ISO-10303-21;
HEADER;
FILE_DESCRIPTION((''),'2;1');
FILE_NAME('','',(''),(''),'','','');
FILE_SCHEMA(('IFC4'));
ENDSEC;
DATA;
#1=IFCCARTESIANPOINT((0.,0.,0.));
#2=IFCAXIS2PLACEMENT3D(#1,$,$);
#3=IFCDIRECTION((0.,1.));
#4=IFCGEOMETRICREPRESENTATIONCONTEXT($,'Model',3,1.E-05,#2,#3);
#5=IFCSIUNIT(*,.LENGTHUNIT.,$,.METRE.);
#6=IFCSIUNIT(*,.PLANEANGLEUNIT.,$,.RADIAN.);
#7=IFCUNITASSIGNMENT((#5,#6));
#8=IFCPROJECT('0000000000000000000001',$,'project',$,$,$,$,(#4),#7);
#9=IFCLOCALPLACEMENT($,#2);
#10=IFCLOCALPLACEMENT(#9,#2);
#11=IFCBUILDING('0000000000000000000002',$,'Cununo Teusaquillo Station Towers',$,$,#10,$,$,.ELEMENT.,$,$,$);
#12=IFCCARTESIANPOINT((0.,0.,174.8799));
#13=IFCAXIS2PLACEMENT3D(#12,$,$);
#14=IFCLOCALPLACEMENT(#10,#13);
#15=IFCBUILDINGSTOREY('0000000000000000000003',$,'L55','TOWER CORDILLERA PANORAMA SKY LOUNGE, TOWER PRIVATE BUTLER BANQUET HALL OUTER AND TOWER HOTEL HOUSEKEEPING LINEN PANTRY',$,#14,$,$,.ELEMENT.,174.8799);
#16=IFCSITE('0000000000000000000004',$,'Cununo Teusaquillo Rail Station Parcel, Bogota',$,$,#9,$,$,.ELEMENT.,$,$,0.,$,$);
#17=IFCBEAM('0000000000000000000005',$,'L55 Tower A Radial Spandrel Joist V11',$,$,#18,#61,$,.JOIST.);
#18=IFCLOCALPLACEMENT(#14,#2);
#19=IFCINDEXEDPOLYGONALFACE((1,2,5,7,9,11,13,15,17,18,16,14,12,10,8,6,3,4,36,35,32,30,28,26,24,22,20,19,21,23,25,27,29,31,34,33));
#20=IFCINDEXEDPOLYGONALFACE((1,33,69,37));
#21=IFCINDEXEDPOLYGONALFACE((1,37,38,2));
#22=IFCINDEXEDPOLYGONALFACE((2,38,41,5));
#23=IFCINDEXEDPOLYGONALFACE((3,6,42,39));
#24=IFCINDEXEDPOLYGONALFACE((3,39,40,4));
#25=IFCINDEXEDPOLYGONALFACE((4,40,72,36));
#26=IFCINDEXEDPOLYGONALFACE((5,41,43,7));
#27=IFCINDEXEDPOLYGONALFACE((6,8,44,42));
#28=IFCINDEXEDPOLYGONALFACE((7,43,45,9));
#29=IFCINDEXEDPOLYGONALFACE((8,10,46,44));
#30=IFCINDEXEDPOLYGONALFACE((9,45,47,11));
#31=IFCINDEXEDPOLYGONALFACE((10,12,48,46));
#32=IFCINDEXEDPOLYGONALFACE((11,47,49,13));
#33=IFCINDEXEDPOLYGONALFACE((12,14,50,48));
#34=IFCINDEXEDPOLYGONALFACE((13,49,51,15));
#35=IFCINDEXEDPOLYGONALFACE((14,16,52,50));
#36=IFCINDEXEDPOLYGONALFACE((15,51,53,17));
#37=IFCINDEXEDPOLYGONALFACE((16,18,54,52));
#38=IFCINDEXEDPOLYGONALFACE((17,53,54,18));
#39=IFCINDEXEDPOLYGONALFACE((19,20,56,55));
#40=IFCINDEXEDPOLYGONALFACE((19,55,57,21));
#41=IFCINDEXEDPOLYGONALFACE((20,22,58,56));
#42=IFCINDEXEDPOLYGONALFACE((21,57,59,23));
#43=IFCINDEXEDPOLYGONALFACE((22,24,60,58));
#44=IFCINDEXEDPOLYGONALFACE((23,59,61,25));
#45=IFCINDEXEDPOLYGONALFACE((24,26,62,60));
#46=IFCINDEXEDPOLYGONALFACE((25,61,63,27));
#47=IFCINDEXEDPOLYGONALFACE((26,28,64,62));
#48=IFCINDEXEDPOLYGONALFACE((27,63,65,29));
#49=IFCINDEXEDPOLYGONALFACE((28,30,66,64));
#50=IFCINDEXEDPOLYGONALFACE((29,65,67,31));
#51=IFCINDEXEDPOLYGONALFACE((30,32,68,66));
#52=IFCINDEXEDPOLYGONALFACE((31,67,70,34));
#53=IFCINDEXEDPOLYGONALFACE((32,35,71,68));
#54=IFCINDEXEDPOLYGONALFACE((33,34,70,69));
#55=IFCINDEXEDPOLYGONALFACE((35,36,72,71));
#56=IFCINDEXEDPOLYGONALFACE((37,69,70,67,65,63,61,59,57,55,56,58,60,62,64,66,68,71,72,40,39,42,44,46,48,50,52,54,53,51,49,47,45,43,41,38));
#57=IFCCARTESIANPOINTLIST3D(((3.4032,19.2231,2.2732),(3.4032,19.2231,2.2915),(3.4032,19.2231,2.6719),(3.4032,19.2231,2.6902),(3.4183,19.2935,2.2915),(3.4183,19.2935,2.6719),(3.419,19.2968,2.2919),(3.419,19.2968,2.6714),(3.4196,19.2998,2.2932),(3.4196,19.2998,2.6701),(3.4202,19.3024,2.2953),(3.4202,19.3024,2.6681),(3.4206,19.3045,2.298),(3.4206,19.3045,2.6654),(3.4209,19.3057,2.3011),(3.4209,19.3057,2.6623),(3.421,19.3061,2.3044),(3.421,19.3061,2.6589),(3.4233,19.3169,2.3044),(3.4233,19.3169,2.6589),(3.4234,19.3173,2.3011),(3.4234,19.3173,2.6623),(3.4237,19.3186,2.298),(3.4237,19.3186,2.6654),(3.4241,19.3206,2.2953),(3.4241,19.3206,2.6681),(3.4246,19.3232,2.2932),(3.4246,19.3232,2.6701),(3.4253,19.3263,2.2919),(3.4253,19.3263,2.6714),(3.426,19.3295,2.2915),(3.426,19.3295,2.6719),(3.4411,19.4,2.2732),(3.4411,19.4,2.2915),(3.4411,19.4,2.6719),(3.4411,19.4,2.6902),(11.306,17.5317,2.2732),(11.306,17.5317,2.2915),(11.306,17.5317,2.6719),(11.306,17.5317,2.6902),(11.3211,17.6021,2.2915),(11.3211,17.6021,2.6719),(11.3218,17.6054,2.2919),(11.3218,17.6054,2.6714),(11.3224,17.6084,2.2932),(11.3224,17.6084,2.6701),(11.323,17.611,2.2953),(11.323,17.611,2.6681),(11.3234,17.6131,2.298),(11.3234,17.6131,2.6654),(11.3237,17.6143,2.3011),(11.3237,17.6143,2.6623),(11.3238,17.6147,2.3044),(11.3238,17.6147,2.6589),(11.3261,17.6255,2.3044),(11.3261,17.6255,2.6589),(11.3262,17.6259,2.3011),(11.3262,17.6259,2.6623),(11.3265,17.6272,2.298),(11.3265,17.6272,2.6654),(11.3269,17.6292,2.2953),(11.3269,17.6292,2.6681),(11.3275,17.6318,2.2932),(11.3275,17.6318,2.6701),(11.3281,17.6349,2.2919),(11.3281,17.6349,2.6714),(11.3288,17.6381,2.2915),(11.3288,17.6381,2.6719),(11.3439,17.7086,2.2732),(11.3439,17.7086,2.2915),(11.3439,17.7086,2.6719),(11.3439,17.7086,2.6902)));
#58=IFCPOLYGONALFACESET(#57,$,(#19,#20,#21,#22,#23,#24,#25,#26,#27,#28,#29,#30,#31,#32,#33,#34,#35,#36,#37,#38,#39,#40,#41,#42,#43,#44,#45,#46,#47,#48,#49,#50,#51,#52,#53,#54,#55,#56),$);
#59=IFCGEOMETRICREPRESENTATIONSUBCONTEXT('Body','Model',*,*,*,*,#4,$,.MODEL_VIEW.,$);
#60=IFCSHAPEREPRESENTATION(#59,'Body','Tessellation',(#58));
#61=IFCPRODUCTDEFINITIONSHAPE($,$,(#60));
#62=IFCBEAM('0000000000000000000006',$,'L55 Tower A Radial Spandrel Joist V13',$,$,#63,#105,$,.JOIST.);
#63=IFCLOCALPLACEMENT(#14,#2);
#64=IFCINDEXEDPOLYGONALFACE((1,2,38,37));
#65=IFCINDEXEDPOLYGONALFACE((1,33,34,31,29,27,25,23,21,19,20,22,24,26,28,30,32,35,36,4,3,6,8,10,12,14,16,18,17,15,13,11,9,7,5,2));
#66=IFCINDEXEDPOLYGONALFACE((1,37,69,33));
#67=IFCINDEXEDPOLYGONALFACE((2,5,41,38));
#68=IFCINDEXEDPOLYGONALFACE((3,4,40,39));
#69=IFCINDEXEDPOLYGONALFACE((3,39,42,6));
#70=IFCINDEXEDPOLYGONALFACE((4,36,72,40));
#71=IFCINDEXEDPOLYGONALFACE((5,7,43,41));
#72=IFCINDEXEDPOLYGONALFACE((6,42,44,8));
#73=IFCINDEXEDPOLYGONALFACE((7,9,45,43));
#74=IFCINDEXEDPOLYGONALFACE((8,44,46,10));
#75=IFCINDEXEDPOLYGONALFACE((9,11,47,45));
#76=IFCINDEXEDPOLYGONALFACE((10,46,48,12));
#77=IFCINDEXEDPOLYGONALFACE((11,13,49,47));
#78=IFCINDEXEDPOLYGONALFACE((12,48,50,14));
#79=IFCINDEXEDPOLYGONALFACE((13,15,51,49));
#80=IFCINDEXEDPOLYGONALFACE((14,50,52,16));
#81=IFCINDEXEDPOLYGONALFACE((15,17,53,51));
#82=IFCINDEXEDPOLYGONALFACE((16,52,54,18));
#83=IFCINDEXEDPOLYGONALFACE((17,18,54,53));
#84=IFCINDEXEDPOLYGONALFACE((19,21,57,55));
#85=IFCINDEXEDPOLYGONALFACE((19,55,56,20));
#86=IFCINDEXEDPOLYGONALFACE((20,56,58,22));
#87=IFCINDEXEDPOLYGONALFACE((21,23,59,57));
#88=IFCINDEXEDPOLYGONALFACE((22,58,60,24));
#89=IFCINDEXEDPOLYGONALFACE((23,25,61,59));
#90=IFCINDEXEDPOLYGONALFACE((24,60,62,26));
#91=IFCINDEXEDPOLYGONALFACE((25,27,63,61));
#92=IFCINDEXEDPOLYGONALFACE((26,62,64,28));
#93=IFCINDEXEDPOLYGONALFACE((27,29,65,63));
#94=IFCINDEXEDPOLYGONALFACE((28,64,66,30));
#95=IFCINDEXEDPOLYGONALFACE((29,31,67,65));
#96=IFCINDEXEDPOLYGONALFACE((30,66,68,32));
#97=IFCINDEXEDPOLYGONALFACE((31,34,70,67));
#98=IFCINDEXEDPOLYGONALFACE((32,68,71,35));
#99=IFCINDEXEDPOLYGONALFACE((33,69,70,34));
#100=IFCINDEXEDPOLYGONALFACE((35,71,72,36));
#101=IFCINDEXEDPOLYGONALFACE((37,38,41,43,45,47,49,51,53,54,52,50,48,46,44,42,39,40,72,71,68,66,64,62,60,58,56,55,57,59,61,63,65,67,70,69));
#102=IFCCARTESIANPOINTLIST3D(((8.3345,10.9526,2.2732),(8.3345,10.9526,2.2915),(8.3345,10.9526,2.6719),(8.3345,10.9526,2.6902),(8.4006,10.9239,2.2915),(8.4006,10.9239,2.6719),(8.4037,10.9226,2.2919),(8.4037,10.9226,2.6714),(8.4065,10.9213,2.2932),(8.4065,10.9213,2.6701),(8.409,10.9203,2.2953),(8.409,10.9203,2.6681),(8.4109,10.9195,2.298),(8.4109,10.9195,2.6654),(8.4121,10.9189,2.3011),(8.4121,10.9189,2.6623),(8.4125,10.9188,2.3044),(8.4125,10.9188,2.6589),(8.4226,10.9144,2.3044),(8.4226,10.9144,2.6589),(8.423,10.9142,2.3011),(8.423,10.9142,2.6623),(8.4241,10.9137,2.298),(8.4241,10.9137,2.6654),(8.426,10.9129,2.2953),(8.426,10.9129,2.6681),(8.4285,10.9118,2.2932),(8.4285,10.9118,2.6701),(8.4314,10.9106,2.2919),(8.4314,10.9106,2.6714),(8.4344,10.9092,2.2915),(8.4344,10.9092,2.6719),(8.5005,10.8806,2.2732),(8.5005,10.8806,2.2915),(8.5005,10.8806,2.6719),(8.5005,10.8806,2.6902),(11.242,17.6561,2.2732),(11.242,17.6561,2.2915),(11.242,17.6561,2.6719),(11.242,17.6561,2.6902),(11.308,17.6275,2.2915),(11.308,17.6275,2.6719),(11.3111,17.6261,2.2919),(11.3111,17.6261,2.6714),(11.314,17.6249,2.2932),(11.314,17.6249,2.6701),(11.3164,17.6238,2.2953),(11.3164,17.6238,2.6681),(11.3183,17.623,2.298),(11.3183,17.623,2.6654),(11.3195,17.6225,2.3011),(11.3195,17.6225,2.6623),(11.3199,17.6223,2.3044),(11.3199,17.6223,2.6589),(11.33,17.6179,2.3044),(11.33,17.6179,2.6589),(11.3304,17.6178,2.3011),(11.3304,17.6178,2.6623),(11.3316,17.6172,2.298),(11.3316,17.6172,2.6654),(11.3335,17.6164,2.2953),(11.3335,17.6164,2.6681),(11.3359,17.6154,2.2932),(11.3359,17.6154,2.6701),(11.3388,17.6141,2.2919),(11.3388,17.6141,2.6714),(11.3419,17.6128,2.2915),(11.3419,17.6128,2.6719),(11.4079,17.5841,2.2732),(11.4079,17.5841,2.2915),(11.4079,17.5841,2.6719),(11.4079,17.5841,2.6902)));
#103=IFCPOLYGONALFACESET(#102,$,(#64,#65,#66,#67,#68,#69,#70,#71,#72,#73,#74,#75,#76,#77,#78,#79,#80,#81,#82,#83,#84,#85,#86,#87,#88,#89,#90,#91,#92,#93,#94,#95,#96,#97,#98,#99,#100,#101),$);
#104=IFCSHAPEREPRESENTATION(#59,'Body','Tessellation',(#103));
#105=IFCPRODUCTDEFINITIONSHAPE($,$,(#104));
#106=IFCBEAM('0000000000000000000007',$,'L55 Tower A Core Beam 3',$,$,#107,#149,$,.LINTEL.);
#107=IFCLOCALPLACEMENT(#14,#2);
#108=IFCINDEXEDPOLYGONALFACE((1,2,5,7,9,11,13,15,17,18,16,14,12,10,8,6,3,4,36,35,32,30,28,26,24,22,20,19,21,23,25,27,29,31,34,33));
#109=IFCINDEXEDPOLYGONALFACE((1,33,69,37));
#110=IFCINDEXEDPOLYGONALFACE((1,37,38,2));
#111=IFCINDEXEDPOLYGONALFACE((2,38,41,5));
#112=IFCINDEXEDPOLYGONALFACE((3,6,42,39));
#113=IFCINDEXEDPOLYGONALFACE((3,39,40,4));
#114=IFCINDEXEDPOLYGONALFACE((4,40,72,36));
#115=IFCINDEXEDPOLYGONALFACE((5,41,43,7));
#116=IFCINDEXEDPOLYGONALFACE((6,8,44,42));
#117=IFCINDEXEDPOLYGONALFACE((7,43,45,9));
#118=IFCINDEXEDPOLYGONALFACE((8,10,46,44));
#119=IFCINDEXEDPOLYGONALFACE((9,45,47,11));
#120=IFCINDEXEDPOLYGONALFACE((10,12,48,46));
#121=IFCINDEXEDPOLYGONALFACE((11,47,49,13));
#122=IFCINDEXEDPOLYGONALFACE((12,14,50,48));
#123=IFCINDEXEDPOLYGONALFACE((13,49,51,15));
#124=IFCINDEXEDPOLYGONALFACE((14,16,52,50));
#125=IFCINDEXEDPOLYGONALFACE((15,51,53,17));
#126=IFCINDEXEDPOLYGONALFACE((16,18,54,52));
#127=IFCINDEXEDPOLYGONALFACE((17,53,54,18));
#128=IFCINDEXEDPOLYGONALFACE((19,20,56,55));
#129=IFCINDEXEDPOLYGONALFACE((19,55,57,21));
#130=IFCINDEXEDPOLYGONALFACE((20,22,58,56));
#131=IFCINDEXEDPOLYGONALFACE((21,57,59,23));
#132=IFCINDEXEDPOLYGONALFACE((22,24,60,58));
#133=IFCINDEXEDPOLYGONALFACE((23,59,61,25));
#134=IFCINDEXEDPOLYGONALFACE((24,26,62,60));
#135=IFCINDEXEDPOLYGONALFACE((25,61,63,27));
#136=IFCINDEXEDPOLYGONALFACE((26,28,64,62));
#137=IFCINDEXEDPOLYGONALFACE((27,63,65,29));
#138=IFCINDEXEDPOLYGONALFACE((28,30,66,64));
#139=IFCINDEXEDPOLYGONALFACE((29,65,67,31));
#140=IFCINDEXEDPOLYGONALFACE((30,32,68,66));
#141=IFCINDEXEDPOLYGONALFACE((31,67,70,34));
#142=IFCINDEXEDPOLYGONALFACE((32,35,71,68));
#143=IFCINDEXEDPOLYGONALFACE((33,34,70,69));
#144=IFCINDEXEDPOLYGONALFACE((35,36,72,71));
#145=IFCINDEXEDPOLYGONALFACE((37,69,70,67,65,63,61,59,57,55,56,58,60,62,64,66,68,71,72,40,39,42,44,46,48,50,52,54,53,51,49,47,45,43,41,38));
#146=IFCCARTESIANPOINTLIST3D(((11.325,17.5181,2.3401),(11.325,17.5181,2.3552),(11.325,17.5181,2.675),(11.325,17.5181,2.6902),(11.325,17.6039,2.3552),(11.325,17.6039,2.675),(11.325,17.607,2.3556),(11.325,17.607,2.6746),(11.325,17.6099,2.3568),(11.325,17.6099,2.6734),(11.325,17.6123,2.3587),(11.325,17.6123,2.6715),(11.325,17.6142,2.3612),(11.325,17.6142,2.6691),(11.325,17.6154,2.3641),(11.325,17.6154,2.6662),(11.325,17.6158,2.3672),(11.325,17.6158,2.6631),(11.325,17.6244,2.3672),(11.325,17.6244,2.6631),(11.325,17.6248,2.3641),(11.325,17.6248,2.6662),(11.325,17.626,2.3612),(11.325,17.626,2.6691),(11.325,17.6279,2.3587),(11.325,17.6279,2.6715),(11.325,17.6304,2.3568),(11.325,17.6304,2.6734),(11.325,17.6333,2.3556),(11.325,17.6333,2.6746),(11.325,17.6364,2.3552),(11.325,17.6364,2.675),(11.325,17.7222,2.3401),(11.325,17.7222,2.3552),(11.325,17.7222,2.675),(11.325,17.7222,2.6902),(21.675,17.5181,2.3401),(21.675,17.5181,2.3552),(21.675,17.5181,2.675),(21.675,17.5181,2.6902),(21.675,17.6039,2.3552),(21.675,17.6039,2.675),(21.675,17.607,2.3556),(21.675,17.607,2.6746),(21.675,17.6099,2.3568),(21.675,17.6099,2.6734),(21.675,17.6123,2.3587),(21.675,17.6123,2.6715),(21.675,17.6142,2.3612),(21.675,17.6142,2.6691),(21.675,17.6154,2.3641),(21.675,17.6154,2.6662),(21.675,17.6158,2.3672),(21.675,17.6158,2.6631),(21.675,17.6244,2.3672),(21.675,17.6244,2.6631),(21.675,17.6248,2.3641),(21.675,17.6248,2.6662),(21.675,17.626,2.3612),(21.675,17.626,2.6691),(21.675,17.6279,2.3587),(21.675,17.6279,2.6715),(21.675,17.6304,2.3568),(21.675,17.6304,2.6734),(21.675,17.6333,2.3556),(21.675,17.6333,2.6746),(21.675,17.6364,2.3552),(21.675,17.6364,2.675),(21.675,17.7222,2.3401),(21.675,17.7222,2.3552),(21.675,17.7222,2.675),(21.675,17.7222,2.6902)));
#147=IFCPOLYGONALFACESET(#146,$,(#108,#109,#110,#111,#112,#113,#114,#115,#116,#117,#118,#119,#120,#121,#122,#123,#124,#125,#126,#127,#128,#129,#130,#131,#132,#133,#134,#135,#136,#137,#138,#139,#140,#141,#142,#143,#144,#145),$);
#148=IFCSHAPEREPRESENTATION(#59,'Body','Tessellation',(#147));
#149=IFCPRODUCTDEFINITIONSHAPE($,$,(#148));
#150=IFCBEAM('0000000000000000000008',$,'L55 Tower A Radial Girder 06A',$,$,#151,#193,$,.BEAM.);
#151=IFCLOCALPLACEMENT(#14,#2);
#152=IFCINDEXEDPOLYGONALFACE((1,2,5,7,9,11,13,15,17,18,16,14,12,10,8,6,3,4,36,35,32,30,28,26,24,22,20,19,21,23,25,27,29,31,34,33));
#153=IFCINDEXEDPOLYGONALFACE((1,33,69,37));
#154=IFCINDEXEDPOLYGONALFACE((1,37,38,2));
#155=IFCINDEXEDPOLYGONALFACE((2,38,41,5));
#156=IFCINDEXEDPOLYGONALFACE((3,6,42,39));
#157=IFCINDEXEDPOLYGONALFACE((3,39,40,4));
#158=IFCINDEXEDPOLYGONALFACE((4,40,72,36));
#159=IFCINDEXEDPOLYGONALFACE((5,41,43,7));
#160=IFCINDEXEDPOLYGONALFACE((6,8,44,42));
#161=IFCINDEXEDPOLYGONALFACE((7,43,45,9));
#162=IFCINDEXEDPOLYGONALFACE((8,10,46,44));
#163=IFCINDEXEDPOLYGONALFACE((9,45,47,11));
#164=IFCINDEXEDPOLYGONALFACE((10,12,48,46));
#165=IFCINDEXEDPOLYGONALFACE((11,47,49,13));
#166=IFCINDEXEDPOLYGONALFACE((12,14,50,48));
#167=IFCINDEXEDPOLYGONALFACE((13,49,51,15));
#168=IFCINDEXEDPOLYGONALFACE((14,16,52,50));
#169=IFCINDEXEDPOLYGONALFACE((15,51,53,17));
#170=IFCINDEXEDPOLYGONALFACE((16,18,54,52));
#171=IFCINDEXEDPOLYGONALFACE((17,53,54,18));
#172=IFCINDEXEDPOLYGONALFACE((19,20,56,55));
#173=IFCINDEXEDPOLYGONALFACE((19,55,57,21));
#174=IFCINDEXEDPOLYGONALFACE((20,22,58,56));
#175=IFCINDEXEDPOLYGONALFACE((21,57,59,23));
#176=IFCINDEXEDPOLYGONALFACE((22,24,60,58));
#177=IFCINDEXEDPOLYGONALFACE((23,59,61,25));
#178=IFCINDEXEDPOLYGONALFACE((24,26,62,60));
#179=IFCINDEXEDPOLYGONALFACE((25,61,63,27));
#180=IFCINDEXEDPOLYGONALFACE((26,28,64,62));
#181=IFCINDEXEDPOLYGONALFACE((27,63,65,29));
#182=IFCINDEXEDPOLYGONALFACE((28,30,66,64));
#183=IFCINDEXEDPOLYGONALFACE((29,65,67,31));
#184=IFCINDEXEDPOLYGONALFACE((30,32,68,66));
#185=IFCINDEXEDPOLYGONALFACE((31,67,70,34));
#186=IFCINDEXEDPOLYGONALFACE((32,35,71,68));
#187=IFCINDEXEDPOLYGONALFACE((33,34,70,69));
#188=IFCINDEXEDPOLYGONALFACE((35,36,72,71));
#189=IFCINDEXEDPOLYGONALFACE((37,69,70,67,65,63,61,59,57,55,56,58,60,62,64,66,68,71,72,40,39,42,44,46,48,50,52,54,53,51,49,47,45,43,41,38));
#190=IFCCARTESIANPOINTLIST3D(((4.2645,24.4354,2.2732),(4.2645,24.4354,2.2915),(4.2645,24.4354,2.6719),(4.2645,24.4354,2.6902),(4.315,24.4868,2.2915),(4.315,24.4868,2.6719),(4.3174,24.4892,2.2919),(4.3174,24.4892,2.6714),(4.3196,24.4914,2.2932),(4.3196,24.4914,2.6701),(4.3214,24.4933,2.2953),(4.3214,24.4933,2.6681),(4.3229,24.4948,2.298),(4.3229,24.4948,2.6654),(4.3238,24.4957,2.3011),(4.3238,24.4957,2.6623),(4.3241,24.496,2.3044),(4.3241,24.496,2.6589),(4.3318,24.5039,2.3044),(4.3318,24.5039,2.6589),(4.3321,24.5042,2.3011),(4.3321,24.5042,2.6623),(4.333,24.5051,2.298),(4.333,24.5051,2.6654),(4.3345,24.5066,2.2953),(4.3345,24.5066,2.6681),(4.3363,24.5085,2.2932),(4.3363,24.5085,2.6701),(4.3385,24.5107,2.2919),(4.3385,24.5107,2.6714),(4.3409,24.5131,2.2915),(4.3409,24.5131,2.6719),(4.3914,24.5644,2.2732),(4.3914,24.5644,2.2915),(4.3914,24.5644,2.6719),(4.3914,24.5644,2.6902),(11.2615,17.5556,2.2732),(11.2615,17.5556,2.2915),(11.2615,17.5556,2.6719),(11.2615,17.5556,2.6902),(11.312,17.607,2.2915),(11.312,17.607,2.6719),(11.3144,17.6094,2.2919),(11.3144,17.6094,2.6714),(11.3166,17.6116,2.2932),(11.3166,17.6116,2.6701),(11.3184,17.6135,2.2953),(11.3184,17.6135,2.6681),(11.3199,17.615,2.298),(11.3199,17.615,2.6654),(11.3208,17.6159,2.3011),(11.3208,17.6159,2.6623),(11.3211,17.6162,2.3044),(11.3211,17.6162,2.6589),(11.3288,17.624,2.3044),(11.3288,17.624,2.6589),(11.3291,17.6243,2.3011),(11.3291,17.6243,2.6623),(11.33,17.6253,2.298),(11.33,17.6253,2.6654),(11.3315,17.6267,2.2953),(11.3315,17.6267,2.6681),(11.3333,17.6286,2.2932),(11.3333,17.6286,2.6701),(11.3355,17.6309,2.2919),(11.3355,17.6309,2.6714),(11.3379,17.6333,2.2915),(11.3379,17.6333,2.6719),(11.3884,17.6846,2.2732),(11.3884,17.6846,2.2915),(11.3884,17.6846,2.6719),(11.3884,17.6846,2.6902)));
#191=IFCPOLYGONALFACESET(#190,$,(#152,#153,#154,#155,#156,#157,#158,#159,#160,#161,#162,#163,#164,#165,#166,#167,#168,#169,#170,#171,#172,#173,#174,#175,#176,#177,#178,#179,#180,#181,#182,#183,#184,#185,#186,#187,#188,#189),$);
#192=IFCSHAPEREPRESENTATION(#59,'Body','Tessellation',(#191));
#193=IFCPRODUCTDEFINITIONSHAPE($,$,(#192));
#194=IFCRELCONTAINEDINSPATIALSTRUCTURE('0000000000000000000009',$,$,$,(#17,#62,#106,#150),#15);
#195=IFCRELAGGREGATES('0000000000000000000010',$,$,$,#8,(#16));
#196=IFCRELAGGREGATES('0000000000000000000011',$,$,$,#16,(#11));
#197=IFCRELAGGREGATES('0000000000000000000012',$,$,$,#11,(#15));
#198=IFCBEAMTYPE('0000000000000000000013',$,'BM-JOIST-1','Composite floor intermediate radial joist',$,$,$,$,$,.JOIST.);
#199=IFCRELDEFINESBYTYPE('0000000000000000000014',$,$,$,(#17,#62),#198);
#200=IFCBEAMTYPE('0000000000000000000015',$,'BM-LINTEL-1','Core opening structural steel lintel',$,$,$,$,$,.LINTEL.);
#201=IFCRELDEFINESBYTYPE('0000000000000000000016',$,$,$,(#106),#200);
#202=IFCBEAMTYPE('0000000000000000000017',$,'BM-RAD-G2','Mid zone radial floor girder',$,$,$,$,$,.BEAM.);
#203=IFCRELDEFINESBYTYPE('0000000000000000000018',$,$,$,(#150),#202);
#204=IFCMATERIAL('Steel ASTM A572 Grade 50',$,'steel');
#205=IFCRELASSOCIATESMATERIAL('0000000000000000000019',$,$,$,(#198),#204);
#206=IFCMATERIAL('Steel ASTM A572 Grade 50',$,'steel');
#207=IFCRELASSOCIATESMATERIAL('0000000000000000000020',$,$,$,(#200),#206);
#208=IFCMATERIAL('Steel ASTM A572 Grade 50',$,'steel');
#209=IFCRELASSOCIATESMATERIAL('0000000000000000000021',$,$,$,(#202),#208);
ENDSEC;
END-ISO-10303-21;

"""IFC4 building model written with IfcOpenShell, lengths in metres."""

from ifc_helpers import new_model, si_unit, direction, frame, origin, origin_2d, place, context, subcontext, project, spatial, i_section, extrude, material, material_profile, profile_set, type_object, element, save


model = new_model("IFC4")

# Units and contexts
model_context = context("Model", 3, precision=1e-05, world=origin(), true_north=direction((0.0, 1.0)))
body_context = subcontext(model_context, "Body", "Model", "MODEL_VIEW")
ifc_project = project(units=[si_unit("LENGTHUNIT", "METRE"), si_unit("PLANEANGLEUNIT", "RADIAN")], contexts=[model_context])

# Site, building, storey
site_placement = place(None, origin())
site = spatial("IfcSite", under=ifc_project, at=site_placement, Name="Cununo Teusaquillo Rail Station Parcel, Bogota", CompositionType="ELEMENT", RefElevation=0.0)
building_placement = place(site_placement, origin())
building = spatial("IfcBuilding", under=site, at=building_placement, Name="Cununo Teusaquillo Station Towers", CompositionType="ELEMENT")
storey_placement = place(building_placement, frame((0.0, 0.0, 174.8799)))
storey = spatial("IfcBuildingStorey", under=building, at=storey_placement, Name="L55", Description="TOWER CORDILLERA PANORAMA SKY LOUNGE, TOWER PRIVATE BUTLER BANQUET HALL OUTER AND TOWER HOTEL HOUSEKEEPING LINEN PANTRY", CompositionType="ELEMENT", Elevation=174.8799)

# Beams
ifc_material_1 = material(Name="Steel ASTM A572 Grade 50", Category="steel")
ifc_material_profile_1 = material_profile(ifc_material_1, i_section(OverallWidth=0.1809, OverallDepth=0.417, WebThickness=0.011, FlangeThickness=0.0183, FilletRadius=0.0129, at=origin_2d()), Name="W16X57")
ifc_profile_set_1 = profile_set([ifc_material_profile_1], Name="Steel ASTM A572 Grade 50")
beam_type_1 = type_object("IfcBeamType", Name="BM-JOIST-1", Description="Composite floor intermediate radial joist", PredefinedType="JOIST", material=ifc_profile_set_1)
beam_1_placement = place(storey_placement, frame((11.325, 17.6201, 2.4817), z_axis=(-0.977855, 0.209286, 0.0), x_axis=(-0.209286, -0.977855, 0.0)))
element("IfcBeam", 1, at=beam_1_placement, inside=storey, type_object=beam_type_1, Name="L55 Tower A Radial Spandrel Joist V11", PredefinedType="JOIST", context=body_context, shape_type="SweptSolid", body=[
    extrude(i_section(OverallWidth=0.1809, OverallDepth=0.417, WebThickness=0.011, FlangeThickness=0.0183, FilletRadius=0.0129, at=origin_2d()), origin(), (0.0, 0.0, 1.0), 8.0818),
])
beam_2_placement = place(storey_placement, frame((11.325, 17.6201, 2.4817), z_axis=(-0.397904, -0.917427, 0.0), x_axis=(0.917427, -0.397904, 0.0)))
element("IfcBeam", 2, at=beam_2_placement, inside=storey, type_object=beam_type_1, Name="L55 Tower A Radial Spandrel Joist V13", PredefinedType="JOIST", context=body_context, shape_type="SweptSolid", body=[
    extrude(i_section(OverallWidth=0.1809, OverallDepth=0.417, WebThickness=0.011, FlangeThickness=0.0183, FilletRadius=0.0129, at=origin_2d()), origin(), (0.0, 0.0, 1.0), 7.3069),
])
ifc_material_2 = material(Name="Steel ASTM A572 Grade 50", Category="steel")
ifc_material_profile_2 = material_profile(ifc_material_2, i_section(OverallWidth=0.2041, OverallDepth=0.3501, WebThickness=0.0085, FlangeThickness=0.0151, FilletRadius=0.012, at=origin_2d()), Name="W14X48")
ifc_profile_set_2 = profile_set([ifc_material_profile_2], Name="Steel ASTM A572 Grade 50")
beam_type_2 = type_object("IfcBeamType", Name="BM-LINTEL-1", Description="Core opening structural steel lintel", PredefinedType="LINTEL", material=ifc_profile_set_2)
beam_3_placement = place(storey_placement, frame((11.325, 17.6201, 2.5151), z_axis=(1.0, 0.0, 0.0), x_axis=(0.0, 1.0, 0.0)))
element("IfcBeam", 3, at=beam_3_placement, inside=storey, type_object=beam_type_2, Name="L55 Tower A Core Beam 3", PredefinedType="LINTEL", context=body_context, shape_type="SweptSolid", body=[
    extrude(i_section(OverallWidth=0.2041, OverallDepth=0.3501, WebThickness=0.0085, FlangeThickness=0.0151, FilletRadius=0.012, at=origin_2d()), origin(), (0.0, 0.0, 1.0), 10.3501),
])
ifc_material_3 = material(Name="Steel ASTM A572 Grade 50", Category="steel")
ifc_material_profile_3 = material_profile(ifc_material_3, i_section(OverallWidth=0.1809, OverallDepth=0.417, WebThickness=0.011, FlangeThickness=0.0183, FilletRadius=0.0129, at=origin_2d()), Name="W16X57")
ifc_profile_set_3 = profile_set([ifc_material_profile_3], Name="Steel ASTM A572 Grade 50")
beam_type_3 = type_object("IfcBeamType", Name="BM-RAD-G2", Description="Mid zone radial floor girder", PredefinedType="BEAM", material=ifc_profile_set_3)
beam_4_placement = place(storey_placement, frame((11.325, 17.6201, 2.4817), z_axis=(-0.713053, 0.70111, 0.0), x_axis=(-0.70111, -0.713053, 0.0)))
element("IfcBeam", 4, at=beam_4_placement, inside=storey, type_object=beam_type_3, Name="L55 Tower A Radial Girder 06A", PredefinedType="BEAM", context=body_context, shape_type="SweptSolid", body=[
    extrude(i_section(OverallWidth=0.1809, OverallDepth=0.417, WebThickness=0.011, FlangeThickness=0.0183, FilletRadius=0.0129, at=origin_2d()), origin(), (0.0, 0.0, 1.0), 9.8127),
])

save(model, "model.ifc")
